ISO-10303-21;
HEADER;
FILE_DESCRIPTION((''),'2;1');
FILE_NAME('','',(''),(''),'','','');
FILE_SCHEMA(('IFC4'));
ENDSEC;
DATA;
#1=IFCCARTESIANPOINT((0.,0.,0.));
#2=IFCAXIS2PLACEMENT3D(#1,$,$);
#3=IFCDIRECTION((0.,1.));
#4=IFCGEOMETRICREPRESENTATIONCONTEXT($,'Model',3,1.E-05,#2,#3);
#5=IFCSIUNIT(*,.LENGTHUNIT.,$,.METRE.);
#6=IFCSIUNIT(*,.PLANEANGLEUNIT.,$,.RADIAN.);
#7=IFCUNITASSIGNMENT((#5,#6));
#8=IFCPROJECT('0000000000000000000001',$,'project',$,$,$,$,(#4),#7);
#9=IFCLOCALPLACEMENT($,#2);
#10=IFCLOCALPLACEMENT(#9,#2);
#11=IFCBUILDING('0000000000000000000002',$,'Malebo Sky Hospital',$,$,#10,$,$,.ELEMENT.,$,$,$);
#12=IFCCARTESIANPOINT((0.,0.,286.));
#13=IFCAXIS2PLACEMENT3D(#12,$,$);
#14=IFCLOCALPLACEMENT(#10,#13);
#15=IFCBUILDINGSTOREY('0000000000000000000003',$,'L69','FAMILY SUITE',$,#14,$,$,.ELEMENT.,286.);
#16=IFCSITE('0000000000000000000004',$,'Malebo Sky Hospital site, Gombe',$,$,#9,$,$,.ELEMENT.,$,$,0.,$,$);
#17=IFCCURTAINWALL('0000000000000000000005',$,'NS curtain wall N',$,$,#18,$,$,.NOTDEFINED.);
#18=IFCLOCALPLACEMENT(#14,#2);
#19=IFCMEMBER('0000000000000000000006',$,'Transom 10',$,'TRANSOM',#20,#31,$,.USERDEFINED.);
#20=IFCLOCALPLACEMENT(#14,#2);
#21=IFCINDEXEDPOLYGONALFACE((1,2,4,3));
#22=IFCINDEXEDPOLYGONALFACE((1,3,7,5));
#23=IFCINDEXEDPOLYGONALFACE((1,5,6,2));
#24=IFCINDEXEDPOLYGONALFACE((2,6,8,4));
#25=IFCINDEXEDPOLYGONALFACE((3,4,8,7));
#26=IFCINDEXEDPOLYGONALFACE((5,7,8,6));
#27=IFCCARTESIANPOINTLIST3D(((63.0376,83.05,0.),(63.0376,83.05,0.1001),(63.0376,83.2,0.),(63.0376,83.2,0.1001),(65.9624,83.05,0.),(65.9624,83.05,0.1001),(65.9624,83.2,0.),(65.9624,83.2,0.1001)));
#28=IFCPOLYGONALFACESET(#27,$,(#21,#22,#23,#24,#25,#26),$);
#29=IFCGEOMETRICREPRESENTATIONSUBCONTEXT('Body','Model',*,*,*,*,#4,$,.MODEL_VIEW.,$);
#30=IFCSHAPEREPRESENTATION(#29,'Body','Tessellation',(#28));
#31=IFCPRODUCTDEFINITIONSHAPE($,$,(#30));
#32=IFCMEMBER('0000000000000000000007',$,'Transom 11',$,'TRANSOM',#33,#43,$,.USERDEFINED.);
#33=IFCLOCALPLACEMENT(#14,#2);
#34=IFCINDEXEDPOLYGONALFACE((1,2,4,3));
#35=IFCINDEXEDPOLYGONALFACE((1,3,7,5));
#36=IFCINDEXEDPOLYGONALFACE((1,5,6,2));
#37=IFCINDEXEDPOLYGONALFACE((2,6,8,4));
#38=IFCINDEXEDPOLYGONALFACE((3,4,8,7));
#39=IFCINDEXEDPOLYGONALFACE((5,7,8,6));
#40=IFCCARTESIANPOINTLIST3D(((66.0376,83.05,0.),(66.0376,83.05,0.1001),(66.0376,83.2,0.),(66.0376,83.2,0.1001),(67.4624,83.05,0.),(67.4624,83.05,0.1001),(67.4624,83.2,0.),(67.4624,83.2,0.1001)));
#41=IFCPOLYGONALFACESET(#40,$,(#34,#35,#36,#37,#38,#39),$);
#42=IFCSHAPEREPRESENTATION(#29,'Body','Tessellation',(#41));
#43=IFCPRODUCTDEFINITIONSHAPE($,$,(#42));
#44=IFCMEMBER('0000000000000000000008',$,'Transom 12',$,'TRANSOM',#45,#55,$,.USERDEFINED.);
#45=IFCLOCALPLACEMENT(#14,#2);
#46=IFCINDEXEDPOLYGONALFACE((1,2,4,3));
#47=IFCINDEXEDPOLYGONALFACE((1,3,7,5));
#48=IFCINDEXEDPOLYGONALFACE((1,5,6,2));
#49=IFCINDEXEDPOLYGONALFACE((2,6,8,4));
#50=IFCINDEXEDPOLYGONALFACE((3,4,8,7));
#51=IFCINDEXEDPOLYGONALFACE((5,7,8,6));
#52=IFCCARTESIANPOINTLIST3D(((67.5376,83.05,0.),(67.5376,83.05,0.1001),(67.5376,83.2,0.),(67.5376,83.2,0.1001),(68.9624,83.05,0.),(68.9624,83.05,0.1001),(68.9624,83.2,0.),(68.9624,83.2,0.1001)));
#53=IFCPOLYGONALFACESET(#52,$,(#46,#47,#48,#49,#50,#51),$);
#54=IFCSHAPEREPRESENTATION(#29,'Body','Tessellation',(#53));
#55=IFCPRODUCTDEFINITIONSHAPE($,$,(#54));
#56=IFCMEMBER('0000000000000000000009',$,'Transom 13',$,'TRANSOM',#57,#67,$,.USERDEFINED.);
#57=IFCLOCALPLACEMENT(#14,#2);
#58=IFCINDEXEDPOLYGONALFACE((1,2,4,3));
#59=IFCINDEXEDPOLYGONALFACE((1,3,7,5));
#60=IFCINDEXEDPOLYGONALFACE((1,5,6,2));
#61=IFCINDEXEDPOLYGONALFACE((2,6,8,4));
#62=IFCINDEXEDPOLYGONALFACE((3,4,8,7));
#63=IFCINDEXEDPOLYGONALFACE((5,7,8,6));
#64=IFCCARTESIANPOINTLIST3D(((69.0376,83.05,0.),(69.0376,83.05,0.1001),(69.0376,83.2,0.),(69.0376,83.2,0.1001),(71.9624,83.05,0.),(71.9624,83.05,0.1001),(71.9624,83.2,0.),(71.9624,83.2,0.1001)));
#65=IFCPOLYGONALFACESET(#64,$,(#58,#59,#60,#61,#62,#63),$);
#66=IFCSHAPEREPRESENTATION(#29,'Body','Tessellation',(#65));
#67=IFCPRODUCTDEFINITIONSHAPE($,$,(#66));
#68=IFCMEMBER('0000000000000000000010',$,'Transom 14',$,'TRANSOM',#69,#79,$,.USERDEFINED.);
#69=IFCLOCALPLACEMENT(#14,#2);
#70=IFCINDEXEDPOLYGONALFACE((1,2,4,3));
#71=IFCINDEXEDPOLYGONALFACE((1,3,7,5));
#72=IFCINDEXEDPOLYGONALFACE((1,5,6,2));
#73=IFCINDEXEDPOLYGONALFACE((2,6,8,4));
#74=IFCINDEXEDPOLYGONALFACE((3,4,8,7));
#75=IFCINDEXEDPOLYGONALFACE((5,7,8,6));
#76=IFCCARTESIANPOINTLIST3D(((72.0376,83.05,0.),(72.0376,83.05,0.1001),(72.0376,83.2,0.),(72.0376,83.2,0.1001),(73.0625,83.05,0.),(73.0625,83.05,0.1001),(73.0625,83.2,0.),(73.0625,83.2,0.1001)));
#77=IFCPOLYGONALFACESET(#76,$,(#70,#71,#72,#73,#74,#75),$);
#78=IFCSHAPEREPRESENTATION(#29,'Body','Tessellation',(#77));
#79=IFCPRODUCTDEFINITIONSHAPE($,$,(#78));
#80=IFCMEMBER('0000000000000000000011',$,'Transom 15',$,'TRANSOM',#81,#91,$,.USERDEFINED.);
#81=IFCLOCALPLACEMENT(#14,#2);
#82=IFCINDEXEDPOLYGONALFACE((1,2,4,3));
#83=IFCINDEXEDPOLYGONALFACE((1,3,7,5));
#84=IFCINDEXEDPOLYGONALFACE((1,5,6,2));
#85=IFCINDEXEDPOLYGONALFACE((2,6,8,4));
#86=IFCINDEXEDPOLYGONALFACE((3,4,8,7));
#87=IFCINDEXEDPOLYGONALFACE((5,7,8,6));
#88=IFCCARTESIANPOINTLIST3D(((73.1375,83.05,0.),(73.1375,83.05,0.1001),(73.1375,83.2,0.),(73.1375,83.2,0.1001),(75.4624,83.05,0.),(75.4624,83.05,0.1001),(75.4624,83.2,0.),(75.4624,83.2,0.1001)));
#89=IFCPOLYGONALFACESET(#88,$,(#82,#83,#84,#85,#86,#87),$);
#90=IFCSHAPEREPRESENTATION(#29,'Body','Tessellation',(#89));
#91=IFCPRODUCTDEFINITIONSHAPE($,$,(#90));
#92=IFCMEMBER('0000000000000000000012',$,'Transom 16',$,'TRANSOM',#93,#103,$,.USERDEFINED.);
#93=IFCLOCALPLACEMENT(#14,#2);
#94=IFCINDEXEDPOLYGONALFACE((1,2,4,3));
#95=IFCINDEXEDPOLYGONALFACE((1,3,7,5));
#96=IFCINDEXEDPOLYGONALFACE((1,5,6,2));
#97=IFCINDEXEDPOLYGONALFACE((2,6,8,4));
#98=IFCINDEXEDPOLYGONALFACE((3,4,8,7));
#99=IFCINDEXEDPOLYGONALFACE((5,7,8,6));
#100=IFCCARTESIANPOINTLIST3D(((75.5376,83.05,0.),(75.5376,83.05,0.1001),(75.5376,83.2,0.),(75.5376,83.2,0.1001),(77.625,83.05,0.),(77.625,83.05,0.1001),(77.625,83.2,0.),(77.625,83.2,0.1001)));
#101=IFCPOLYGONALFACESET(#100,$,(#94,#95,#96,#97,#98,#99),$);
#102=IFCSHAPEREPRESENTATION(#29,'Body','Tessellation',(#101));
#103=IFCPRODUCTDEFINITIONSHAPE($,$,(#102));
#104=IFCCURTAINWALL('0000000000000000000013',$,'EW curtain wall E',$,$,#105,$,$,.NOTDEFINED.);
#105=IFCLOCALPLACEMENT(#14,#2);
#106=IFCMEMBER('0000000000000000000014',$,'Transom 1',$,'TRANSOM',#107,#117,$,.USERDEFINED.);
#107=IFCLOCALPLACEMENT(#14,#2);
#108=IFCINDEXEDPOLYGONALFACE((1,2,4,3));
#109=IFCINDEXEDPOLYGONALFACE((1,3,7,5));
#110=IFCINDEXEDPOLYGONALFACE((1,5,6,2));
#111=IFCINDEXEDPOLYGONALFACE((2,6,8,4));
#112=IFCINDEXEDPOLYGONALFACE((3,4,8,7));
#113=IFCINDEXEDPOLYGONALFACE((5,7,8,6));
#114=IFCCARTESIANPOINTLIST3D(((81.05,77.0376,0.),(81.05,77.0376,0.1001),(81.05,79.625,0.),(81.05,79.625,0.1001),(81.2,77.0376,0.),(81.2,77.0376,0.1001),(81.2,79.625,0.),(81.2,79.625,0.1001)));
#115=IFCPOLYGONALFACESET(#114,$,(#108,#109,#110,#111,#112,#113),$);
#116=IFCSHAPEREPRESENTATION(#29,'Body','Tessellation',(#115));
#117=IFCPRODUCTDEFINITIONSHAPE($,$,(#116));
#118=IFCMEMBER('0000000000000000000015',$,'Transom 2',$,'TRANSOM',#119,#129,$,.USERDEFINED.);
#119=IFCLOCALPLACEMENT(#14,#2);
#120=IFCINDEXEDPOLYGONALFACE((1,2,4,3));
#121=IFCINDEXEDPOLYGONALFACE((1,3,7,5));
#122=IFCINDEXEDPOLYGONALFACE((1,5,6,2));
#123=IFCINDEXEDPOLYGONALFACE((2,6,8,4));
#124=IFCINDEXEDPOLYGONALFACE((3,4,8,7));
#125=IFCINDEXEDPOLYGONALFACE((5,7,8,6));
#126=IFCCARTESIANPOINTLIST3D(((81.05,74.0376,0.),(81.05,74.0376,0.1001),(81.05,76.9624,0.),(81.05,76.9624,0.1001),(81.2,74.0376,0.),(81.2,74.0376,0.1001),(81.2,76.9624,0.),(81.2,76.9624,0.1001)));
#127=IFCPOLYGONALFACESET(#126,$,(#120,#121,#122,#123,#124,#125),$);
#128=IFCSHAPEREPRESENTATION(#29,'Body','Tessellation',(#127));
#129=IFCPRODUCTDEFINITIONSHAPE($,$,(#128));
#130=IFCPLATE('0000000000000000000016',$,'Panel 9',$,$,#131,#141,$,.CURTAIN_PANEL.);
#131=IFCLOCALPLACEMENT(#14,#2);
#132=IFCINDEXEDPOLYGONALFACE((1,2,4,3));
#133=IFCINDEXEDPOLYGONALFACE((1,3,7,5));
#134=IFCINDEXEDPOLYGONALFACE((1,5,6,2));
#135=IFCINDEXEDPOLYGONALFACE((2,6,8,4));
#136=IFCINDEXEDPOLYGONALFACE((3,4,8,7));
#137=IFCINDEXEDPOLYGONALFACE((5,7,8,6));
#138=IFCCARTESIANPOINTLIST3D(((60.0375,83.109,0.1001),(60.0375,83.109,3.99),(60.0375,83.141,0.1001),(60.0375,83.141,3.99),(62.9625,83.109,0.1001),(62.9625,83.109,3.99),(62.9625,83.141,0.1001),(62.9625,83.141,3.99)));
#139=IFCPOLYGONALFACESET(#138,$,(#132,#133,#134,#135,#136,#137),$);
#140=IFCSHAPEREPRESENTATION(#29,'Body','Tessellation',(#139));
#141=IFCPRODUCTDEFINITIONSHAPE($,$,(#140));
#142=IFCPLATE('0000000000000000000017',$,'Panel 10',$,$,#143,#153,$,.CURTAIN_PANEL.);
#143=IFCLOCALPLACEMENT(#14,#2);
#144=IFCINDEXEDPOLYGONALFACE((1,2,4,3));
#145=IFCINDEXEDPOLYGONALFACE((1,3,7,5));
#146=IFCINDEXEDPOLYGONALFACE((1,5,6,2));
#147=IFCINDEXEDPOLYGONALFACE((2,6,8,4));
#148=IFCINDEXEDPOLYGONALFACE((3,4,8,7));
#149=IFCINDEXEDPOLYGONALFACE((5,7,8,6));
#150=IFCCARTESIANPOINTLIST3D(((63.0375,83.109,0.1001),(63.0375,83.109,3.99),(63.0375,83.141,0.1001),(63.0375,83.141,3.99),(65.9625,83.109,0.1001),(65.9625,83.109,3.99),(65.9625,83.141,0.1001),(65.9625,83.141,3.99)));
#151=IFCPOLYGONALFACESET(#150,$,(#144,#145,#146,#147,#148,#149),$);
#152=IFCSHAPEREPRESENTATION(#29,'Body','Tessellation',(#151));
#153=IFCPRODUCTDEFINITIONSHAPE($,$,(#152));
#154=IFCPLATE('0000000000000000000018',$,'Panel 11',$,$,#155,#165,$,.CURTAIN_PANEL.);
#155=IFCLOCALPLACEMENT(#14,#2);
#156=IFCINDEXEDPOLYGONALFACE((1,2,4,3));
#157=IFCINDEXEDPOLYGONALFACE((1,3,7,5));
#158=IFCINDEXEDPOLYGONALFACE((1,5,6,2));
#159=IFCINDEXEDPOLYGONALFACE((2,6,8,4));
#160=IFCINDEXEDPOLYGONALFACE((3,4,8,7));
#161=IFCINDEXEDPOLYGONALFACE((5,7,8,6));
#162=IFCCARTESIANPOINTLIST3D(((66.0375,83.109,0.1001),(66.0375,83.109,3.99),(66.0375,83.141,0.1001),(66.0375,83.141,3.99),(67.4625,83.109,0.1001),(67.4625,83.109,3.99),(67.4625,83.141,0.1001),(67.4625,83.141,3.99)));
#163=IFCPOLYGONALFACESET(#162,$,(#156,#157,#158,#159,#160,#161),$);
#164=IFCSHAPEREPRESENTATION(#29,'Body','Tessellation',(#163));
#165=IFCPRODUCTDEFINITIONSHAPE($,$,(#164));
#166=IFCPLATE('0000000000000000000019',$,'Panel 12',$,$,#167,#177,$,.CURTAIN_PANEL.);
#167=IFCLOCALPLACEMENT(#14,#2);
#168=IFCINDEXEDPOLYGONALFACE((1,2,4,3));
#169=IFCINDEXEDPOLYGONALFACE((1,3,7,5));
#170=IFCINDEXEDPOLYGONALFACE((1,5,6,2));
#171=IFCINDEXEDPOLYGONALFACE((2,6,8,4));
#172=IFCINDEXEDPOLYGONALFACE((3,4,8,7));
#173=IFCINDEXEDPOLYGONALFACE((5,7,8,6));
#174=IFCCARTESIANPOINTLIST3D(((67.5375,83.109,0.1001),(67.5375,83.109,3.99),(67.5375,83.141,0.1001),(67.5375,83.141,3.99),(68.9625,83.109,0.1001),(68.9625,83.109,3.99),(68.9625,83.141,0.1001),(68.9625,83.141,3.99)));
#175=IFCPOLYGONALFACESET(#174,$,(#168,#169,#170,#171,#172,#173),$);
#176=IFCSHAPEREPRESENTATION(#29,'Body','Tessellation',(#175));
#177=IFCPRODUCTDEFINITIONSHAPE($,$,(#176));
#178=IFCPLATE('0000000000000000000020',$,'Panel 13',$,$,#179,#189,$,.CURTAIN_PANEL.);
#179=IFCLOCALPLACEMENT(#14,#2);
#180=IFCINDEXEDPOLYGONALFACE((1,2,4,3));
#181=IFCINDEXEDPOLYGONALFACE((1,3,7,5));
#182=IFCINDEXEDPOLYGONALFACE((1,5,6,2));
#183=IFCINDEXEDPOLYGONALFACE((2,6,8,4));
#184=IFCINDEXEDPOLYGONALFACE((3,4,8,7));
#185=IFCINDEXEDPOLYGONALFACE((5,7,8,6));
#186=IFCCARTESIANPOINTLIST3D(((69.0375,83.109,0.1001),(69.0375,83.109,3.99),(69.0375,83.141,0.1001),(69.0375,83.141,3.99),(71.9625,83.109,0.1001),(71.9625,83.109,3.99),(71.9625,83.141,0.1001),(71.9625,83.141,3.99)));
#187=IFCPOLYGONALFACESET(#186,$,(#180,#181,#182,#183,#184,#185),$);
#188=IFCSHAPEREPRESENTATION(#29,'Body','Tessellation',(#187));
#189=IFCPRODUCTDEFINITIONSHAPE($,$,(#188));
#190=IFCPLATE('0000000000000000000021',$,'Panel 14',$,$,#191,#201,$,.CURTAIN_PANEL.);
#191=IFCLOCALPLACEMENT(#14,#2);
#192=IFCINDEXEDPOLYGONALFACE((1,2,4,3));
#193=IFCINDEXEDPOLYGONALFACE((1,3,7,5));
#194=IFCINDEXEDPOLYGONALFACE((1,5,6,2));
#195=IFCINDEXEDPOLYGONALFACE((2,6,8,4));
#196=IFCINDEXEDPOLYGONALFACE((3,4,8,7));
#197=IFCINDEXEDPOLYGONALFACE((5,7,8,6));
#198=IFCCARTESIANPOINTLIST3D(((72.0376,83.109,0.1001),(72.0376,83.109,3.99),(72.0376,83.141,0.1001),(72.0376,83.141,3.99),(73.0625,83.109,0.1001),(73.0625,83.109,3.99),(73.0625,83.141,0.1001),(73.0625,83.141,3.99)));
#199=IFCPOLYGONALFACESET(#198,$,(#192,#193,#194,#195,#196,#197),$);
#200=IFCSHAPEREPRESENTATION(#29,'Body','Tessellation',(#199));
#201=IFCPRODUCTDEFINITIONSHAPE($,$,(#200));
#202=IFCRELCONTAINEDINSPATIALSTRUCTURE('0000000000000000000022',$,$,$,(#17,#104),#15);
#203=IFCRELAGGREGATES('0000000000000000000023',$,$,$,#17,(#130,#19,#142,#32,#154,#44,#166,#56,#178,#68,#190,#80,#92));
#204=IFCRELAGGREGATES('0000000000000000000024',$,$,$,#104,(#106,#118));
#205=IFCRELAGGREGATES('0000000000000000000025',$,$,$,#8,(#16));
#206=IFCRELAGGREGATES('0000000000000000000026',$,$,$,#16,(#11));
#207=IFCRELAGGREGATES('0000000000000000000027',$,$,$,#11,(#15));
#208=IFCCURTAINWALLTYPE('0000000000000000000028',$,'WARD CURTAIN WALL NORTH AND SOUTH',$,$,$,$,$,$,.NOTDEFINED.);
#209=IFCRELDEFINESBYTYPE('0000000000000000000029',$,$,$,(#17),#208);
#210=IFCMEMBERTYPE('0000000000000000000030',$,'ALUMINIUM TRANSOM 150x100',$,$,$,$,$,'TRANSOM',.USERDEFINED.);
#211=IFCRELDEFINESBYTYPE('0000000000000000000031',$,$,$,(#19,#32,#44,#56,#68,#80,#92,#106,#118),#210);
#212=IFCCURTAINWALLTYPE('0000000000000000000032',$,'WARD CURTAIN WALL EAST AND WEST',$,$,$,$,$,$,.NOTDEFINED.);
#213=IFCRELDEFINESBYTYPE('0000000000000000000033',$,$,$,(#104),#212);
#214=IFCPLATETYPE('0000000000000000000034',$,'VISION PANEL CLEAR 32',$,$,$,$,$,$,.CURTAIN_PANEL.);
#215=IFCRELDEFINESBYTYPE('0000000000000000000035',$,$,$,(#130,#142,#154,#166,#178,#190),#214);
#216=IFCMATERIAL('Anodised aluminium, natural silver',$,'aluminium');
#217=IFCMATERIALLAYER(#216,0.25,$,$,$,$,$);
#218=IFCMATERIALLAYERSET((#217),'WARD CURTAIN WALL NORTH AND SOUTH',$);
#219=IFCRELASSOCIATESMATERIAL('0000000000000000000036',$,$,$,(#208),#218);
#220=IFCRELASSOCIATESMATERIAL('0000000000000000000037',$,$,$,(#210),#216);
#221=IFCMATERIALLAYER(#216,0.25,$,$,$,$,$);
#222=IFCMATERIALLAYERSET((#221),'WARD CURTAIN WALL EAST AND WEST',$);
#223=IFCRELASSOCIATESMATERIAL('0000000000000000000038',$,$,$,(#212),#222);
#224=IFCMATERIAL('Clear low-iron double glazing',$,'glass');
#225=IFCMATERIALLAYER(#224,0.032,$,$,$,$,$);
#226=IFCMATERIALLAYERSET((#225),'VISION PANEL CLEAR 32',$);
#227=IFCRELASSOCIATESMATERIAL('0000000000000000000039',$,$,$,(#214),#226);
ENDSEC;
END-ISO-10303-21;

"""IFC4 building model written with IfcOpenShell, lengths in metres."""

from ifc_helpers import new_model, si_unit, direction, frame, origin, origin_2d, place, context, subcontext, project, spatial, rectangle, extrude, material, layer, layer_set, material_profile, profile_set, type_object, element, aggregate, save


model = new_model("IFC4")

# Units and contexts
model_context = context("Model", 3, precision=1e-05, world=origin(), true_north=direction((0.0, 1.0)))
body_context = subcontext(model_context, "Body", "Model", "MODEL_VIEW")
ifc_project = project(units=[si_unit("LENGTHUNIT", "METRE"), si_unit("PLANEANGLEUNIT", "RADIAN")], contexts=[model_context])

# Site, building, storey
site_placement = place(None, origin())
site = spatial("IfcSite", under=ifc_project, at=site_placement, Name="Malebo Sky Hospital site, Gombe", CompositionType="ELEMENT", RefElevation=0.0)
building_placement = place(site_placement, origin())
building = spatial("IfcBuilding", under=site, at=building_placement, Name="Malebo Sky Hospital", CompositionType="ELEMENT")
storey_placement = place(building_placement, frame((0.0, 0.0, 286.0)))
storey = spatial("IfcBuildingStorey", under=building, at=storey_placement, Name="L69", Description="FAMILY SUITE", CompositionType="ELEMENT", Elevation=286.0)

# Curtain walls, members
ifc_material_1 = material(Name="Anodised aluminium, natural silver", Category="aluminium")
ifc_layer_1 = layer(ifc_material_1, 0.25)
ifc_layer_set_1 = layer_set([ifc_layer_1], Name="WARD CURTAIN WALL NORTH AND SOUTH")
curtain_wall_type_1 = type_object("IfcCurtainWallType", Name="WARD CURTAIN WALL NORTH AND SOUTH", PredefinedType="NOTDEFINED", material=ifc_layer_set_1)
curtain_wall_1_placement = place(storey_placement, origin())
curtain_wall_1 = element("IfcCurtainWall", 1, at=curtain_wall_1_placement, inside=storey, type_object=curtain_wall_type_1, Name="NS curtain wall N", PredefinedType="NOTDEFINED")
ifc_material_profile = material_profile(ifc_material_1, rectangle(XDim=0.1499, YDim=0.1001, at=origin_2d()), Name="ALUMINIUM TRANSOM 150x100")
ifc_profile_set = profile_set([ifc_material_profile], Name="Anodised aluminium, natural silver")
member_type = type_object("IfcMemberType", Name="ALUMINIUM TRANSOM 150x100", ElementType="TRANSOM", PredefinedType="USERDEFINED", material=ifc_profile_set)
member_1_placement = place(storey_placement, frame((63.0376, 83.125, 0.05), z_axis=(1.0, 0.0, 0.0), x_axis=(0.0, 1.0, 0.0)))
member_1 = element("IfcMember", 2, at=member_1_placement, type_object=member_type, Name="Transom 10", ObjectType="TRANSOM", PredefinedType="USERDEFINED", context=body_context, shape_type="SweptSolid", body=[
    extrude(rectangle(XDim=0.1499, YDim=0.1001, at=origin_2d()), origin(), (0.0, 0.0, 1.0), 2.9248),
])
member_2_placement = place(storey_placement, frame((66.0376, 83.125, 0.05), z_axis=(1.0, 0.0, 0.0), x_axis=(0.0, 1.0, 0.0)))
member_2 = element("IfcMember", 3, at=member_2_placement, type_object=member_type, Name="Transom 11", ObjectType="TRANSOM", PredefinedType="USERDEFINED", context=body_context, shape_type="SweptSolid", body=[
    extrude(rectangle(XDim=0.1499, YDim=0.1001, at=origin_2d()), origin(), (0.0, 0.0, 1.0), 1.4248),
])
member_3_placement = place(storey_placement, frame((67.5376, 83.125, 0.05), z_axis=(1.0, 0.0, 0.0), x_axis=(0.0, 1.0, 0.0)))
member_3 = element("IfcMember", 4, at=member_3_placement, type_object=member_type, Name="Transom 12", ObjectType="TRANSOM", PredefinedType="USERDEFINED", context=body_context, shape_type="SweptSolid", body=[
    extrude(rectangle(XDim=0.1499, YDim=0.1001, at=origin_2d()), origin(), (0.0, 0.0, 1.0), 1.4248),
])
member_4_placement = place(storey_placement, frame((69.0376, 83.125, 0.05), z_axis=(1.0, 0.0, 0.0), x_axis=(0.0, 1.0, 0.0)))
member_4 = element("IfcMember", 5, at=member_4_placement, type_object=member_type, Name="Transom 13", ObjectType="TRANSOM", PredefinedType="USERDEFINED", context=body_context, shape_type="SweptSolid", body=[
    extrude(rectangle(XDim=0.1499, YDim=0.1001, at=origin_2d()), origin(), (0.0, 0.0, 1.0), 2.9248),
])
member_5_placement = place(storey_placement, frame((72.0376, 83.125, 0.05), z_axis=(1.0, 0.0, 0.0), x_axis=(0.0, 1.0, 0.0)))
member_5 = element("IfcMember", 6, at=member_5_placement, type_object=member_type, Name="Transom 14", ObjectType="TRANSOM", PredefinedType="USERDEFINED", context=body_context, shape_type="SweptSolid", body=[
    extrude(rectangle(XDim=0.1499, YDim=0.1001, at=origin_2d()), origin(), (0.0, 0.0, 1.0), 1.0249),
])
member_6_placement = place(storey_placement, frame((73.1375, 83.125, 0.05), z_axis=(1.0, 0.0, 0.0), x_axis=(0.0, 1.0, 0.0)))
member_6 = element("IfcMember", 7, at=member_6_placement, type_object=member_type, Name="Transom 15", ObjectType="TRANSOM", PredefinedType="USERDEFINED", context=body_context, shape_type="SweptSolid", body=[
    extrude(rectangle(XDim=0.1499, YDim=0.1001, at=origin_2d()), origin(), (0.0, 0.0, 1.0), 2.325),
])
member_7_placement = place(storey_placement, frame((75.5376, 83.125, 0.05), z_axis=(1.0, 0.0, 0.0), x_axis=(0.0, 1.0, 0.0)))
member_7 = element("IfcMember", 8, at=member_7_placement, type_object=member_type, Name="Transom 16", ObjectType="TRANSOM", PredefinedType="USERDEFINED", context=body_context, shape_type="SweptSolid", body=[
    extrude(rectangle(XDim=0.1499, YDim=0.1001, at=origin_2d()), origin(), (0.0, 0.0, 1.0), 2.0874),
])
ifc_layer_2 = layer(ifc_material_1, 0.25)
ifc_layer_set_2 = layer_set([ifc_layer_2], Name="WARD CURTAIN WALL EAST AND WEST")
curtain_wall_type_2 = type_object("IfcCurtainWallType", Name="WARD CURTAIN WALL EAST AND WEST", PredefinedType="NOTDEFINED", material=ifc_layer_set_2)
curtain_wall_2_placement = place(storey_placement, origin())
curtain_wall_2 = element("IfcCurtainWall", 9, at=curtain_wall_2_placement, inside=storey, type_object=curtain_wall_type_2, Name="EW curtain wall E", PredefinedType="NOTDEFINED")
member_8_placement = place(storey_placement, frame((81.125, 79.625, 0.05), z_axis=(0.0, -1.0, 0.0), x_axis=(1.0, 0.0, 0.0)))
member_8 = element("IfcMember", 10, at=member_8_placement, type_object=member_type, Name="Transom 1", ObjectType="TRANSOM", PredefinedType="USERDEFINED", context=body_context, shape_type="SweptSolid", body=[
    extrude(rectangle(XDim=0.1499, YDim=0.1001, at=origin_2d()), origin(), (0.0, 0.0, 1.0), 2.5874),
])
member_9_placement = place(storey_placement, frame((81.125, 76.9624, 0.05), z_axis=(0.0, -1.0, 0.0), x_axis=(1.0, 0.0, 0.0)))
member_9 = element("IfcMember", 11, at=member_9_placement, type_object=member_type, Name="Transom 2", ObjectType="TRANSOM", PredefinedType="USERDEFINED", context=body_context, shape_type="SweptSolid", body=[
    extrude(rectangle(XDim=0.1499, YDim=0.1001, at=origin_2d()), origin(), (0.0, 0.0, 1.0), 2.9248),
])

# Plates
ifc_material_2 = material(Name="Clear low-iron double glazing", Category="glass")
ifc_layer_3 = layer(ifc_material_2, 0.032)
ifc_layer_set_3 = layer_set([ifc_layer_3], Name="VISION PANEL CLEAR 32")
plate_type = type_object("IfcPlateType", Name="VISION PANEL CLEAR 32", PredefinedType="CURTAIN_PANEL", material=ifc_layer_set_3)
plate_1_placement = place(storey_placement, frame((61.5, 83.125, 0.1001), z_axis=(0.0, 0.0, 1.0), x_axis=(1.0, 0.0, 0.0)))
plate_1 = element("IfcPlate", 12, at=plate_1_placement, type_object=plate_type, Name="Panel 9", PredefinedType="CURTAIN_PANEL", context=body_context, shape_type="SweptSolid", body=[
    extrude(rectangle(XDim=2.925, YDim=0.032, at=origin_2d()), origin(), (0.0, 0.0, 1.0), 3.8899),
])
plate_2_placement = place(storey_placement, frame((64.5, 83.125, 0.1001), z_axis=(0.0, 0.0, 1.0), x_axis=(1.0, 0.0, 0.0)))
plate_2 = element("IfcPlate", 13, at=plate_2_placement, type_object=plate_type, Name="Panel 10", PredefinedType="CURTAIN_PANEL", context=body_context, shape_type="SweptSolid", body=[
    extrude(rectangle(XDim=2.925, YDim=0.032, at=origin_2d()), origin(), (0.0, 0.0, 1.0), 3.8899),
])
plate_3_placement = place(storey_placement, frame((66.75, 83.125, 0.1001), z_axis=(0.0, 0.0, 1.0), x_axis=(1.0, 0.0, 0.0)))
plate_3 = element("IfcPlate", 14, at=plate_3_placement, type_object=plate_type, Name="Panel 11", PredefinedType="CURTAIN_PANEL", context=body_context, shape_type="SweptSolid", body=[
    extrude(rectangle(XDim=1.425, YDim=0.032, at=origin_2d()), origin(), (0.0, 0.0, 1.0), 3.8899),
])
plate_4_placement = place(storey_placement, frame((68.25, 83.125, 0.1001), z_axis=(0.0, 0.0, 1.0), x_axis=(1.0, 0.0, 0.0)))
plate_4 = element("IfcPlate", 15, at=plate_4_placement, type_object=plate_type, Name="Panel 12", PredefinedType="CURTAIN_PANEL", context=body_context, shape_type="SweptSolid", body=[
    extrude(rectangle(XDim=1.425, YDim=0.032, at=origin_2d()), origin(), (0.0, 0.0, 1.0), 3.8899),
])
plate_5_placement = place(storey_placement, frame((70.5, 83.125, 0.1001), z_axis=(0.0, 0.0, 1.0), x_axis=(1.0, 0.0, 0.0)))
plate_5 = element("IfcPlate", 16, at=plate_5_placement, type_object=plate_type, Name="Panel 13", PredefinedType="CURTAIN_PANEL", context=body_context, shape_type="SweptSolid", body=[
    extrude(rectangle(XDim=2.925, YDim=0.032, at=origin_2d()), origin(), (0.0, 0.0, 1.0), 3.8899),
])
plate_6_placement = place(storey_placement, frame((72.55, 83.125, 0.1001), z_axis=(0.0, 0.0, 1.0), x_axis=(1.0, 0.0, 0.0)))
plate_6 = element("IfcPlate", 17, at=plate_6_placement, type_object=plate_type, Name="Panel 14", PredefinedType="CURTAIN_PANEL", context=body_context, shape_type="SweptSolid", body=[
    extrude(rectangle(XDim=1.0249, YDim=0.032, at=origin_2d()), origin(), (0.0, 0.0, 1.0), 3.8899),
])
aggregate(curtain_wall_1, [plate_1, member_1, plate_2, member_2, plate_3, member_3, plate_4, member_4, plate_5, member_5, plate_6, member_6, member_7])
aggregate(curtain_wall_2, [member_8, member_9])

save(model, "model.ifc")
